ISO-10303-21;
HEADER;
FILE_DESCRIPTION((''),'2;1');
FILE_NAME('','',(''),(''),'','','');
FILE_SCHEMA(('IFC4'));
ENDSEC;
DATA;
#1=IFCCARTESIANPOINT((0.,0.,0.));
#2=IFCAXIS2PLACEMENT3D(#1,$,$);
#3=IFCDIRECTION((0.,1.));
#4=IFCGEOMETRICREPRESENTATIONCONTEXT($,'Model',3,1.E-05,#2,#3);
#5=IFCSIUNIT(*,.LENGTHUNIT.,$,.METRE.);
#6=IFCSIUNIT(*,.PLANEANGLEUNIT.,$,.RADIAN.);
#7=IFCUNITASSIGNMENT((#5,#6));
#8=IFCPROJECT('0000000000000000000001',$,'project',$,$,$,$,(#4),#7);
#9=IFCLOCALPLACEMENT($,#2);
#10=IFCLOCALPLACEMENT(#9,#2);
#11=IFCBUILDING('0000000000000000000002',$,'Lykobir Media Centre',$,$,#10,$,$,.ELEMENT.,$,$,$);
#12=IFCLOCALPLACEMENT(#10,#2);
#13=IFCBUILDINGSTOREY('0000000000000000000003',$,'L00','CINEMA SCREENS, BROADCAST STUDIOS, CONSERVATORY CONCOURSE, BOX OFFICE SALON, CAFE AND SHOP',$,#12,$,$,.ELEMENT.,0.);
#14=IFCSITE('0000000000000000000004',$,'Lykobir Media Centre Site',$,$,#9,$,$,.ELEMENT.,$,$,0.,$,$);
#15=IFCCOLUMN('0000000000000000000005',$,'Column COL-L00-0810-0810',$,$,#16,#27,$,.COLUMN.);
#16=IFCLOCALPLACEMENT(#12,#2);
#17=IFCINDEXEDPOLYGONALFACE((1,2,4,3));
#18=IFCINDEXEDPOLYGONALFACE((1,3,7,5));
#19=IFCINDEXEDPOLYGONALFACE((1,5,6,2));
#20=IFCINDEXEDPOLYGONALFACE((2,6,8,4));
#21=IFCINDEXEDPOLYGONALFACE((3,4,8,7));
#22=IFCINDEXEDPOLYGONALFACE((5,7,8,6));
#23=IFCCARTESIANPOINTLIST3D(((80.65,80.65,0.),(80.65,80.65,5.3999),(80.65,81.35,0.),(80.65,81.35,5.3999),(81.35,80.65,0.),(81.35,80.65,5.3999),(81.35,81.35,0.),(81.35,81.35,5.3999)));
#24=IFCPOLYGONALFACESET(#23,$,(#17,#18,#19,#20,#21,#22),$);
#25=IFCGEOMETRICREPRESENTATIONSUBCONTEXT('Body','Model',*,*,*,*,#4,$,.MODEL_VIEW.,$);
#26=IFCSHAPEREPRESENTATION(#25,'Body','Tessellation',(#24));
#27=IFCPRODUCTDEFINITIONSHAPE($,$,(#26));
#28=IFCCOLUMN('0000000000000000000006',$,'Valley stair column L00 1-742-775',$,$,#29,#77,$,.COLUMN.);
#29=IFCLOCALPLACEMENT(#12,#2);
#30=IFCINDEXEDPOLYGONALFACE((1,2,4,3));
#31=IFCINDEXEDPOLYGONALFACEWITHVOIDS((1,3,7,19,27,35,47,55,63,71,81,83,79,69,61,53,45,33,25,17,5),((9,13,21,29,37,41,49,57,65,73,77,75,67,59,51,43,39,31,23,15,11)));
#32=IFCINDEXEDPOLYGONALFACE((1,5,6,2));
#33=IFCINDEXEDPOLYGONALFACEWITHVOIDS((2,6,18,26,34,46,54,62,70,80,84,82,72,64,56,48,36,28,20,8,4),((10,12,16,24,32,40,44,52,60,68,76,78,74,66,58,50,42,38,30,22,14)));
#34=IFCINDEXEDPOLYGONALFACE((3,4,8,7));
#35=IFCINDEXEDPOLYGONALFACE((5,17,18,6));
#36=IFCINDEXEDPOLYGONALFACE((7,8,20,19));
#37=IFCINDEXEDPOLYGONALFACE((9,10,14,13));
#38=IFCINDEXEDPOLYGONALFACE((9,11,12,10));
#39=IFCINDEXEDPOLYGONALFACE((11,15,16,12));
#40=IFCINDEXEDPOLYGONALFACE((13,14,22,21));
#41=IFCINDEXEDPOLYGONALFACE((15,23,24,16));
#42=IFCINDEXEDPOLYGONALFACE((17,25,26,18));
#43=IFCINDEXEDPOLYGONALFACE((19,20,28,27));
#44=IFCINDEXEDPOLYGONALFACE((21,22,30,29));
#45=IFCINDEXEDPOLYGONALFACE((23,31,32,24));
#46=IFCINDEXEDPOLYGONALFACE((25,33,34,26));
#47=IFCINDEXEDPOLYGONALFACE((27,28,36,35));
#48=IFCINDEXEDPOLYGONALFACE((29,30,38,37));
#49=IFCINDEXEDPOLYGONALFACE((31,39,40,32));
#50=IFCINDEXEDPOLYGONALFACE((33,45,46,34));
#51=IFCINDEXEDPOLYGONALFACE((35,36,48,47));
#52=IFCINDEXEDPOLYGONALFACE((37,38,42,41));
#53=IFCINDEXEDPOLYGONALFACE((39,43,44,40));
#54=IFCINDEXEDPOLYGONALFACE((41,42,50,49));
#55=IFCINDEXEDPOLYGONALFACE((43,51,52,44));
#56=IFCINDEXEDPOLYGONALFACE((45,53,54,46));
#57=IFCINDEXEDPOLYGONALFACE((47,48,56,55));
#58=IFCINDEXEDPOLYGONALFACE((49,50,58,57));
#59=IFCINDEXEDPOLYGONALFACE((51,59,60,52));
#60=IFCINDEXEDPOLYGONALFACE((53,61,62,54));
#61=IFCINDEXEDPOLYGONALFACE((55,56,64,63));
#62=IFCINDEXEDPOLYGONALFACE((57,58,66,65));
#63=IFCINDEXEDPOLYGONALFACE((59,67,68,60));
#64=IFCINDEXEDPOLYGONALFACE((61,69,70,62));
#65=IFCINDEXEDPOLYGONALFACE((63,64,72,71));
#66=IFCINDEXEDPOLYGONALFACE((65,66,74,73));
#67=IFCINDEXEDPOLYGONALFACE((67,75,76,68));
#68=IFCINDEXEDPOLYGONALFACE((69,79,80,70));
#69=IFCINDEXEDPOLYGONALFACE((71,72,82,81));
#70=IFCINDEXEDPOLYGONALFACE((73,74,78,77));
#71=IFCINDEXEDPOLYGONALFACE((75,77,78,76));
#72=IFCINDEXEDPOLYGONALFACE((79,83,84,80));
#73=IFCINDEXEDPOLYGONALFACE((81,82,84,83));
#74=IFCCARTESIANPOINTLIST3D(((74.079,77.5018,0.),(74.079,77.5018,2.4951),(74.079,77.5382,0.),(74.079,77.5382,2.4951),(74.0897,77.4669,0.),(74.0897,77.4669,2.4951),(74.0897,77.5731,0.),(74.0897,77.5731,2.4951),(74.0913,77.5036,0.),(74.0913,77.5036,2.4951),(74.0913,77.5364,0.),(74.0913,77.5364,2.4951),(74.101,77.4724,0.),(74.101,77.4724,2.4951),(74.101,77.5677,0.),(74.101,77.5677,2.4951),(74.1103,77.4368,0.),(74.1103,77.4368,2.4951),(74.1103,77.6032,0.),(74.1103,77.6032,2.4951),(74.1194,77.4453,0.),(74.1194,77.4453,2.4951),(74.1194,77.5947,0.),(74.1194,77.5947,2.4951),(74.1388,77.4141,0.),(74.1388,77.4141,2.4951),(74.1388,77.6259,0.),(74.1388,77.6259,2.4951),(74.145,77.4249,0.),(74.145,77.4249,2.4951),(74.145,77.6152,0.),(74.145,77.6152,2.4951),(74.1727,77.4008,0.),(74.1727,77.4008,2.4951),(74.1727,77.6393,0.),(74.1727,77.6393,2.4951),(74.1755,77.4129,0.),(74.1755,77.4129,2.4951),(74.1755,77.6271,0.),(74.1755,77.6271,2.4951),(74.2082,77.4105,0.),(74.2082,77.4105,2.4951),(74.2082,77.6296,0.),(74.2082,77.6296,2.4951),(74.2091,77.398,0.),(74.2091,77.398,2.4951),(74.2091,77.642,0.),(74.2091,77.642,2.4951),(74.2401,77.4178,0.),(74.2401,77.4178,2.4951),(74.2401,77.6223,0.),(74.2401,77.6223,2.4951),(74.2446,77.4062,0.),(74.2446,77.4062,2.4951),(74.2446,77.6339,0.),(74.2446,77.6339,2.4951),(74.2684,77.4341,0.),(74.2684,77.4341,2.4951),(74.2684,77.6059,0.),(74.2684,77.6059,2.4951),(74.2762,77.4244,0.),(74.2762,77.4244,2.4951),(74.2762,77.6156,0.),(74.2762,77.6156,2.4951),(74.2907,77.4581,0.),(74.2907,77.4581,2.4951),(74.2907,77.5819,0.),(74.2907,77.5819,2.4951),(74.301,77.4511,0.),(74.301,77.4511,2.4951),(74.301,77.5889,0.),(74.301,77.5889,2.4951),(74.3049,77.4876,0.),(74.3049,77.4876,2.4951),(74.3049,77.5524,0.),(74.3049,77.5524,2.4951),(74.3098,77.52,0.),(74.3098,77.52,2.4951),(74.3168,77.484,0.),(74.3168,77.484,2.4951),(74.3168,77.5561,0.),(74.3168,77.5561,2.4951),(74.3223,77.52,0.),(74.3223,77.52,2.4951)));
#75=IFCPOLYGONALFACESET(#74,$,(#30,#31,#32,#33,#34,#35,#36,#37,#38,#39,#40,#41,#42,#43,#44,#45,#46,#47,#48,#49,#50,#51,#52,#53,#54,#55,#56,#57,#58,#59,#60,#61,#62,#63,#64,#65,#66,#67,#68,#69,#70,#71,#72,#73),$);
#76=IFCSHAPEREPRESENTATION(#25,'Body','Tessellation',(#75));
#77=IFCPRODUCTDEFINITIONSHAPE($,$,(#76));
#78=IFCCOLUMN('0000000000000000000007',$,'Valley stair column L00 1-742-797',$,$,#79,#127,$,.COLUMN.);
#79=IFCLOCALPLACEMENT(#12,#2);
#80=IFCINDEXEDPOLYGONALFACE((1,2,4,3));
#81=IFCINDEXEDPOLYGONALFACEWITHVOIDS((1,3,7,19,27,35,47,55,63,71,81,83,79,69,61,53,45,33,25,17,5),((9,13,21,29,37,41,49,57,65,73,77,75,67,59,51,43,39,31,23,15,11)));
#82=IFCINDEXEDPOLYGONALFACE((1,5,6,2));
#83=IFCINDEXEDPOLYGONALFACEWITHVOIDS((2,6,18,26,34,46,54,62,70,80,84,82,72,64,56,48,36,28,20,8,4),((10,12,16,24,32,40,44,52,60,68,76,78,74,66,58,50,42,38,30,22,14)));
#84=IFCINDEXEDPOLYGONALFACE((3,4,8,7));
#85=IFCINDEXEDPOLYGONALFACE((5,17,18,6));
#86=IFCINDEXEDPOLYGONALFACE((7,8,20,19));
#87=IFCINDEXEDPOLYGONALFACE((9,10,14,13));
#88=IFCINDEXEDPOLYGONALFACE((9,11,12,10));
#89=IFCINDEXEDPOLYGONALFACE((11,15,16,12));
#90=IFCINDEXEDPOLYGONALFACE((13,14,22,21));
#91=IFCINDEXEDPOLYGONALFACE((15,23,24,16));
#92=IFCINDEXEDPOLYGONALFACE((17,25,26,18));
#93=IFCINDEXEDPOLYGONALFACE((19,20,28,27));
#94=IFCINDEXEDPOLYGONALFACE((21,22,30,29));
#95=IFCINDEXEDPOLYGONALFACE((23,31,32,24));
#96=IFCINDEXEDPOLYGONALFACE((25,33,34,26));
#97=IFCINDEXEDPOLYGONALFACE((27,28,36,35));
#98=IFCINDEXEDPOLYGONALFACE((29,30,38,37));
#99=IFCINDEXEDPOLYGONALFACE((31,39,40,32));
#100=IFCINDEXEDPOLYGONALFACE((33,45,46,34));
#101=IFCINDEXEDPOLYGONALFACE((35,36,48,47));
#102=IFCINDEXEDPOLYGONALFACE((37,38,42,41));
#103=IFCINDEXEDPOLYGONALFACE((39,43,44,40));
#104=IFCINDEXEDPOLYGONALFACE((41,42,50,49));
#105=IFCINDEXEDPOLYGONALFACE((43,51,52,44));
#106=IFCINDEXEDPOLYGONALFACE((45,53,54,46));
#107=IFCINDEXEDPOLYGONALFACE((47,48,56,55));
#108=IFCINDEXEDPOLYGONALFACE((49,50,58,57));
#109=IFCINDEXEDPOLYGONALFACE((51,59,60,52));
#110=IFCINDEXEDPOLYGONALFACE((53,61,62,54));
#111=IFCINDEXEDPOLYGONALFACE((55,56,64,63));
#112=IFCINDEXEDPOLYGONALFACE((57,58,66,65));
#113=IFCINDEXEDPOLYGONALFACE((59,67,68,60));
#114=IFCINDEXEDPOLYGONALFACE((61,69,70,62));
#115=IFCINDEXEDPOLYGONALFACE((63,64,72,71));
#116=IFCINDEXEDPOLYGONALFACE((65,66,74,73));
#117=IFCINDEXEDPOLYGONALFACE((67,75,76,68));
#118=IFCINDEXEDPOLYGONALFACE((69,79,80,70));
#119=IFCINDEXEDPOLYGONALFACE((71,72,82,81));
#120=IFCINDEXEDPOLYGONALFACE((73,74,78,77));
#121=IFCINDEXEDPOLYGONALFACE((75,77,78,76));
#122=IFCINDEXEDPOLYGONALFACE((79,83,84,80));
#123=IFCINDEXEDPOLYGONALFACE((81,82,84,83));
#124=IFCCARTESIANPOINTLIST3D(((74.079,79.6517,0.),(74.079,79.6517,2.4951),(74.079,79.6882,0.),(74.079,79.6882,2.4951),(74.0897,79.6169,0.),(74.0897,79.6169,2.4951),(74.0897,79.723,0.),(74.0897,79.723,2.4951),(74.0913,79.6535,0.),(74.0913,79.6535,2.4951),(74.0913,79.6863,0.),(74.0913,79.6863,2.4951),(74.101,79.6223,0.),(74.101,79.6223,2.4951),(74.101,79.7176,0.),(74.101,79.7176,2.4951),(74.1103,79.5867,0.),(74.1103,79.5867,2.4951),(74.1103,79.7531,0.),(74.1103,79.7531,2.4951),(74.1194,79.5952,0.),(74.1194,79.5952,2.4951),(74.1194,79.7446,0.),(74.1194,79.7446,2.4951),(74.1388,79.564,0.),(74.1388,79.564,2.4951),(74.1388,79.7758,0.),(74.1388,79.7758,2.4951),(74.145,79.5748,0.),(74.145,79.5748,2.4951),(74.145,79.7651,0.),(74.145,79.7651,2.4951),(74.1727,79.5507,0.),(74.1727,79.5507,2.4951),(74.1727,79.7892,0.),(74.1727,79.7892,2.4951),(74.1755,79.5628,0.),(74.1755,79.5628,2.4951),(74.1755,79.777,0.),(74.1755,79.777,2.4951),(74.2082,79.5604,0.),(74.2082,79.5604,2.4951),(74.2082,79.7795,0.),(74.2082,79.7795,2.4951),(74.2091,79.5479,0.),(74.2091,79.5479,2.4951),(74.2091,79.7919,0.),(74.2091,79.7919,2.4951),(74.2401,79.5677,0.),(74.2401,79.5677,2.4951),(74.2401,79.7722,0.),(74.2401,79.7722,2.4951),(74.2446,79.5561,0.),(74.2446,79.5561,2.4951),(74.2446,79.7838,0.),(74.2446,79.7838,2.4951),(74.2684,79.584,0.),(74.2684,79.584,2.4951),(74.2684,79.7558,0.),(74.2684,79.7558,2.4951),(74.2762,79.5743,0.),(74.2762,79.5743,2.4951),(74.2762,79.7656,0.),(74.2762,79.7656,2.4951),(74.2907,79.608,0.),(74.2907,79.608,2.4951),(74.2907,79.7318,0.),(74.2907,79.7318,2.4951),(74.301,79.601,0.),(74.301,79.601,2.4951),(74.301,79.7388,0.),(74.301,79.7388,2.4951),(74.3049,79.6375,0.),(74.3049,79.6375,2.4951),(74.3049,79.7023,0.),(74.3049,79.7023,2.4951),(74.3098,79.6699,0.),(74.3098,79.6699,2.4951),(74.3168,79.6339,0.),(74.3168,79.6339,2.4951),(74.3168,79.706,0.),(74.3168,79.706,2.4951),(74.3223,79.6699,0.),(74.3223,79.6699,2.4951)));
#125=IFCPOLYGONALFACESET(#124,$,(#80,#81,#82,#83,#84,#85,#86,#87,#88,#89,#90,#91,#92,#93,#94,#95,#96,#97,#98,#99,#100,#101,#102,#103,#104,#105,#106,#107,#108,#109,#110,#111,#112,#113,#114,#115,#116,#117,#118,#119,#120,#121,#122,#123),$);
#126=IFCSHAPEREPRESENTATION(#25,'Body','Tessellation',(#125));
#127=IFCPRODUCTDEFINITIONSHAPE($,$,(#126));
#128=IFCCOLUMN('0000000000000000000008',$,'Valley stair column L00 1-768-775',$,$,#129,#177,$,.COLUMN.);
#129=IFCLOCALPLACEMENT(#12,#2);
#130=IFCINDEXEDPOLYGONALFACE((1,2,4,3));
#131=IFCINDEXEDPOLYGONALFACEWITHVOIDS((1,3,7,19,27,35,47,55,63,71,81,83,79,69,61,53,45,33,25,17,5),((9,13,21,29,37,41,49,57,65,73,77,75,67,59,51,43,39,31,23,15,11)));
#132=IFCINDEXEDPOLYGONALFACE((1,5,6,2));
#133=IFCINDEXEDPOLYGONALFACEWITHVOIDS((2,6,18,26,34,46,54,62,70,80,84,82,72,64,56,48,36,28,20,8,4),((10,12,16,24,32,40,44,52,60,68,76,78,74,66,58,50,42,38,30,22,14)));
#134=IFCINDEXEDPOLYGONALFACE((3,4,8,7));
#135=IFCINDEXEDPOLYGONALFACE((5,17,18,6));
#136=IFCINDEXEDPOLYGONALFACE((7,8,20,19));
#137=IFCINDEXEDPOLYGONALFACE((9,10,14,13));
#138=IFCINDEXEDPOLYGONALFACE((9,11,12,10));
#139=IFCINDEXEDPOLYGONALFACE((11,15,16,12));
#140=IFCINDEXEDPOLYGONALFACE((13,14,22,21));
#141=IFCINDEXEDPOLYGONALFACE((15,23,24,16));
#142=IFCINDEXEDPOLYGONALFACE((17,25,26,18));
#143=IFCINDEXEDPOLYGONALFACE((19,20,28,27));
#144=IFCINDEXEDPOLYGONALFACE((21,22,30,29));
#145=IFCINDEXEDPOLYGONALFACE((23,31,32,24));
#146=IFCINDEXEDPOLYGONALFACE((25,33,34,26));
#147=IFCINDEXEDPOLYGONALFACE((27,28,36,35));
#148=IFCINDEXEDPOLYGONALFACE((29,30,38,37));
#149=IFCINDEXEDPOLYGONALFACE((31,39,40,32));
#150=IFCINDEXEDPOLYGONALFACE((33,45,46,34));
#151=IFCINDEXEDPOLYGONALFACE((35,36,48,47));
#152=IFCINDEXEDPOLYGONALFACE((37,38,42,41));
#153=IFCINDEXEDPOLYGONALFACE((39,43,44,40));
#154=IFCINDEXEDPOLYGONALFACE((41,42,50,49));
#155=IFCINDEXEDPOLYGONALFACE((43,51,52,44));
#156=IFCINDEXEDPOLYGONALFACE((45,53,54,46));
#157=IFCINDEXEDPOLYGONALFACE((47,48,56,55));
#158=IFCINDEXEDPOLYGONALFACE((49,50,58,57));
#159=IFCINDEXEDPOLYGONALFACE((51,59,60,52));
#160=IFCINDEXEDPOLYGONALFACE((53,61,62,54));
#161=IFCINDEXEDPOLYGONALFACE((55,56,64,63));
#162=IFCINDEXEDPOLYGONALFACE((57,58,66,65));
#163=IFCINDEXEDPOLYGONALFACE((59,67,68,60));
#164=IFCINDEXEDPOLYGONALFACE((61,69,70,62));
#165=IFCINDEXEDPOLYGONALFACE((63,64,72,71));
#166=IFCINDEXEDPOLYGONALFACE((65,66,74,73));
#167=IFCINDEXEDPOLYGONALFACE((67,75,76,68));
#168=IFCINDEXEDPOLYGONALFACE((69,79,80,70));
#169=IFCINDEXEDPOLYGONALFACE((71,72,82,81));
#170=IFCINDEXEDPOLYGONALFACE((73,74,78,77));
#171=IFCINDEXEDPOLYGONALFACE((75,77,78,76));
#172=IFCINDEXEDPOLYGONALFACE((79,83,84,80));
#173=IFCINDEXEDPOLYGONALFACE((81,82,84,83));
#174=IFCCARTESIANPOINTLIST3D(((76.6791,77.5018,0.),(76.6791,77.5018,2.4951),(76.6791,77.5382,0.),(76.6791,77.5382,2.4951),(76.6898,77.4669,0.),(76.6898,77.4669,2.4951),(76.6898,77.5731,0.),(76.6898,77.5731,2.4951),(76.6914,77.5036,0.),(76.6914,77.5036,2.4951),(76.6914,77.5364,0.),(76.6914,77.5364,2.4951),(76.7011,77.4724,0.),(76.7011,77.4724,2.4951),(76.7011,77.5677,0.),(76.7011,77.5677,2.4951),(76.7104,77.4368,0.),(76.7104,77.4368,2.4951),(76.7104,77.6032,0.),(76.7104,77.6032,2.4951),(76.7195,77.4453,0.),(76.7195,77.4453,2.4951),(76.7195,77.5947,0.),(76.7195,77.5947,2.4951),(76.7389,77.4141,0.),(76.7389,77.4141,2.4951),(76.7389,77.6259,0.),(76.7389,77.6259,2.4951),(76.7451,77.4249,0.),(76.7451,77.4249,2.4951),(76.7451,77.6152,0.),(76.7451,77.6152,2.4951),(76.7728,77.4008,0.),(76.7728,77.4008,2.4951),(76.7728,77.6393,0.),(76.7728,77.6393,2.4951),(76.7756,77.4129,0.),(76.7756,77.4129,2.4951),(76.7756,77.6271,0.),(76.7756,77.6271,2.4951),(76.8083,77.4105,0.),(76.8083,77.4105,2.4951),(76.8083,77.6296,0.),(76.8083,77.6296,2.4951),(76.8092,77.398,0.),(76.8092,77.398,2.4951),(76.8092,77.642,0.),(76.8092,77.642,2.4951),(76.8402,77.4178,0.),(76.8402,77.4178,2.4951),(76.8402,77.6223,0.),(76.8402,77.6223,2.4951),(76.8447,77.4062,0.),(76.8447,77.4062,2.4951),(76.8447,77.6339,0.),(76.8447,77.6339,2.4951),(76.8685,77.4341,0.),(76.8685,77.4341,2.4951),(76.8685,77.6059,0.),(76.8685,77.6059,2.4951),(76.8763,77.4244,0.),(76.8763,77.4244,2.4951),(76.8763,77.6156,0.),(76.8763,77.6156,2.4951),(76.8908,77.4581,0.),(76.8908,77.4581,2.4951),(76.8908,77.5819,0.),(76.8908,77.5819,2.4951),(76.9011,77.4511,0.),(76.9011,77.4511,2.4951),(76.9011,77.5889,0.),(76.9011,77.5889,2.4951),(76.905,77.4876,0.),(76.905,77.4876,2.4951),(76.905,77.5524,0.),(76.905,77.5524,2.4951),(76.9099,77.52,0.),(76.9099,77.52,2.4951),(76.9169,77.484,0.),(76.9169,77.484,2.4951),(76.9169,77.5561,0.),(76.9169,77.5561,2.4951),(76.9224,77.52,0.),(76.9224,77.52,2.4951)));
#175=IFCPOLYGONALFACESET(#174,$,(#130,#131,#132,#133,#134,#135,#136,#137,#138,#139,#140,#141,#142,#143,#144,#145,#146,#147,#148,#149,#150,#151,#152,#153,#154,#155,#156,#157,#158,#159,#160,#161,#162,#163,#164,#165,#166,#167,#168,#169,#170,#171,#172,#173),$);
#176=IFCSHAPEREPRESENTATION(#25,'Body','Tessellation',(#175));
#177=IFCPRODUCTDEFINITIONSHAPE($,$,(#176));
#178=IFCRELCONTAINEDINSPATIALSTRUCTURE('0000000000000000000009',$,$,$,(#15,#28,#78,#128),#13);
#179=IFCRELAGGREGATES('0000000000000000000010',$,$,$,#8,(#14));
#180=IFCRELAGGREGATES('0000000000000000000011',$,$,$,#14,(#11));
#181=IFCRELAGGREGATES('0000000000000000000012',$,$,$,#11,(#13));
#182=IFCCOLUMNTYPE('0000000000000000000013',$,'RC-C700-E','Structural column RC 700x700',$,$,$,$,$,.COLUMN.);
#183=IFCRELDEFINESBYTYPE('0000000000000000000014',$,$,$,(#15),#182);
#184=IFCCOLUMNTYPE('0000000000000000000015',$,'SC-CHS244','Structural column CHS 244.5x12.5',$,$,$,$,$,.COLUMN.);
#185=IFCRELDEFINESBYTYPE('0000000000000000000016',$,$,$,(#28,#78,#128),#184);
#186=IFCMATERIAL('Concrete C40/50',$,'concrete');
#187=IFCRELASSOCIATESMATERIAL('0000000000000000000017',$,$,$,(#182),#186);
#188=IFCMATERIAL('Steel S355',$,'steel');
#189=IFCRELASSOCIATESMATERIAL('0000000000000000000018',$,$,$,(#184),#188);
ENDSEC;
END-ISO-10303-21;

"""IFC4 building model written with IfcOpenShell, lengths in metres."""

from ifc_helpers import new_model, si_unit, direction, frame, origin, origin_2d, place, context, subcontext, project, spatial, rectangle, hollow_circle, extrude, material, material_profile, profile_set, type_object, element, save


model = new_model("IFC4")

# Units and contexts
model_context = context("Model", 3, precision=1e-05, world=origin(), true_north=direction((0.0, 1.0)))
body_context = subcontext(model_context, "Body", "Model", "MODEL_VIEW")
ifc_project = project(units=[si_unit("LENGTHUNIT", "METRE"), si_unit("PLANEANGLEUNIT", "RADIAN")], contexts=[model_context])

# Site, building, storey
site_placement = place(None, origin())
site = spatial("IfcSite", under=ifc_project, at=site_placement, Name="Lykobir Media Centre Site", CompositionType="ELEMENT", RefElevation=0.0)
building_placement = place(site_placement, origin())
building = spatial("IfcBuilding", under=site, at=building_placement, Name="Lykobir Media Centre", CompositionType="ELEMENT")
storey_placement = place(building_placement, origin())
storey = spatial("IfcBuildingStorey", under=building, at=storey_placement, Name="L00", Description="CINEMA SCREENS, BROADCAST STUDIOS, CONSERVATORY CONCOURSE, BOX OFFICE SALON, CAFE AND SHOP", CompositionType="ELEMENT", Elevation=0.0)

# Columns
ifc_material_1 = material(Name="Concrete C40/50", Category="concrete")
ifc_material_profile_1 = material_profile(ifc_material_1, rectangle(XDim=0.7, YDim=0.7, at=origin_2d()), Name="RC 700x700")
ifc_profile_set_1 = profile_set([ifc_material_profile_1], Name="Concrete C40/50")
column_type_1 = type_object("IfcColumnType", Name="RC-C700-E", Description="Structural column RC 700x700", PredefinedType="COLUMN", material=ifc_profile_set_1)
column_1_placement = place(storey_placement, frame((81.0, 81.0, 0.0), z_axis=(0.0, 0.0, 1.0), x_axis=(1.0, 0.0, 0.0)))
element("IfcColumn", 1, at=column_1_placement, inside=storey, type_object=column_type_1, Name="Column COL-L00-0810-0810", PredefinedType="COLUMN", context=body_context, shape_type="SweptSolid", body=[
    extrude(rectangle(XDim=0.7, YDim=0.7, at=origin_2d()), origin(), (0.0, 0.0, 1.0), 5.3999),
])
ifc_material_2 = material(Name="Steel S355", Category="steel")
ifc_material_profile_2 = material_profile(ifc_material_2, hollow_circle(Radius=0.1223, WallThickness=0.0125, at=origin_2d()), Name="CHS 244.5x12.5")
ifc_profile_set_2 = profile_set([ifc_material_profile_2], Name="Steel S355")
column_type_2 = type_object("IfcColumnType", Name="SC-CHS244", Description="Structural column CHS 244.5x12.5", PredefinedType="COLUMN", material=ifc_profile_set_2)
for number, where, z_axis, x_axis, name in (
    (2, (74.2, 77.52, 0.0), (0.0, 0.0, 1.0), (1.0, 0.0, 0.0), "Valley stair column L00 1-742-775"),
    (3, (74.2, 79.6699, 0.0), (0.0, 0.0, 1.0), (1.0, 0.0, 0.0), "Valley stair column L00 1-742-797"),
    (4, (76.8, 77.52, 0.0), (0.0, 0.0, 1.0), (1.0, 0.0, 0.0), "Valley stair column L00 1-768-775"),
):
    element("IfcColumn", number, at=place(storey_placement, frame(where, z_axis=z_axis, x_axis=x_axis)), inside=storey, type_object=column_type_2, Name=name, PredefinedType="COLUMN", context=body_context, shape_type="SweptSolid", body=[
        extrude(hollow_circle(Radius=0.1223, WallThickness=0.0125, at=origin_2d()), origin(), (0.0, 0.0, 1.0), 2.4951),
    ])

save(model, "model.ifc")
